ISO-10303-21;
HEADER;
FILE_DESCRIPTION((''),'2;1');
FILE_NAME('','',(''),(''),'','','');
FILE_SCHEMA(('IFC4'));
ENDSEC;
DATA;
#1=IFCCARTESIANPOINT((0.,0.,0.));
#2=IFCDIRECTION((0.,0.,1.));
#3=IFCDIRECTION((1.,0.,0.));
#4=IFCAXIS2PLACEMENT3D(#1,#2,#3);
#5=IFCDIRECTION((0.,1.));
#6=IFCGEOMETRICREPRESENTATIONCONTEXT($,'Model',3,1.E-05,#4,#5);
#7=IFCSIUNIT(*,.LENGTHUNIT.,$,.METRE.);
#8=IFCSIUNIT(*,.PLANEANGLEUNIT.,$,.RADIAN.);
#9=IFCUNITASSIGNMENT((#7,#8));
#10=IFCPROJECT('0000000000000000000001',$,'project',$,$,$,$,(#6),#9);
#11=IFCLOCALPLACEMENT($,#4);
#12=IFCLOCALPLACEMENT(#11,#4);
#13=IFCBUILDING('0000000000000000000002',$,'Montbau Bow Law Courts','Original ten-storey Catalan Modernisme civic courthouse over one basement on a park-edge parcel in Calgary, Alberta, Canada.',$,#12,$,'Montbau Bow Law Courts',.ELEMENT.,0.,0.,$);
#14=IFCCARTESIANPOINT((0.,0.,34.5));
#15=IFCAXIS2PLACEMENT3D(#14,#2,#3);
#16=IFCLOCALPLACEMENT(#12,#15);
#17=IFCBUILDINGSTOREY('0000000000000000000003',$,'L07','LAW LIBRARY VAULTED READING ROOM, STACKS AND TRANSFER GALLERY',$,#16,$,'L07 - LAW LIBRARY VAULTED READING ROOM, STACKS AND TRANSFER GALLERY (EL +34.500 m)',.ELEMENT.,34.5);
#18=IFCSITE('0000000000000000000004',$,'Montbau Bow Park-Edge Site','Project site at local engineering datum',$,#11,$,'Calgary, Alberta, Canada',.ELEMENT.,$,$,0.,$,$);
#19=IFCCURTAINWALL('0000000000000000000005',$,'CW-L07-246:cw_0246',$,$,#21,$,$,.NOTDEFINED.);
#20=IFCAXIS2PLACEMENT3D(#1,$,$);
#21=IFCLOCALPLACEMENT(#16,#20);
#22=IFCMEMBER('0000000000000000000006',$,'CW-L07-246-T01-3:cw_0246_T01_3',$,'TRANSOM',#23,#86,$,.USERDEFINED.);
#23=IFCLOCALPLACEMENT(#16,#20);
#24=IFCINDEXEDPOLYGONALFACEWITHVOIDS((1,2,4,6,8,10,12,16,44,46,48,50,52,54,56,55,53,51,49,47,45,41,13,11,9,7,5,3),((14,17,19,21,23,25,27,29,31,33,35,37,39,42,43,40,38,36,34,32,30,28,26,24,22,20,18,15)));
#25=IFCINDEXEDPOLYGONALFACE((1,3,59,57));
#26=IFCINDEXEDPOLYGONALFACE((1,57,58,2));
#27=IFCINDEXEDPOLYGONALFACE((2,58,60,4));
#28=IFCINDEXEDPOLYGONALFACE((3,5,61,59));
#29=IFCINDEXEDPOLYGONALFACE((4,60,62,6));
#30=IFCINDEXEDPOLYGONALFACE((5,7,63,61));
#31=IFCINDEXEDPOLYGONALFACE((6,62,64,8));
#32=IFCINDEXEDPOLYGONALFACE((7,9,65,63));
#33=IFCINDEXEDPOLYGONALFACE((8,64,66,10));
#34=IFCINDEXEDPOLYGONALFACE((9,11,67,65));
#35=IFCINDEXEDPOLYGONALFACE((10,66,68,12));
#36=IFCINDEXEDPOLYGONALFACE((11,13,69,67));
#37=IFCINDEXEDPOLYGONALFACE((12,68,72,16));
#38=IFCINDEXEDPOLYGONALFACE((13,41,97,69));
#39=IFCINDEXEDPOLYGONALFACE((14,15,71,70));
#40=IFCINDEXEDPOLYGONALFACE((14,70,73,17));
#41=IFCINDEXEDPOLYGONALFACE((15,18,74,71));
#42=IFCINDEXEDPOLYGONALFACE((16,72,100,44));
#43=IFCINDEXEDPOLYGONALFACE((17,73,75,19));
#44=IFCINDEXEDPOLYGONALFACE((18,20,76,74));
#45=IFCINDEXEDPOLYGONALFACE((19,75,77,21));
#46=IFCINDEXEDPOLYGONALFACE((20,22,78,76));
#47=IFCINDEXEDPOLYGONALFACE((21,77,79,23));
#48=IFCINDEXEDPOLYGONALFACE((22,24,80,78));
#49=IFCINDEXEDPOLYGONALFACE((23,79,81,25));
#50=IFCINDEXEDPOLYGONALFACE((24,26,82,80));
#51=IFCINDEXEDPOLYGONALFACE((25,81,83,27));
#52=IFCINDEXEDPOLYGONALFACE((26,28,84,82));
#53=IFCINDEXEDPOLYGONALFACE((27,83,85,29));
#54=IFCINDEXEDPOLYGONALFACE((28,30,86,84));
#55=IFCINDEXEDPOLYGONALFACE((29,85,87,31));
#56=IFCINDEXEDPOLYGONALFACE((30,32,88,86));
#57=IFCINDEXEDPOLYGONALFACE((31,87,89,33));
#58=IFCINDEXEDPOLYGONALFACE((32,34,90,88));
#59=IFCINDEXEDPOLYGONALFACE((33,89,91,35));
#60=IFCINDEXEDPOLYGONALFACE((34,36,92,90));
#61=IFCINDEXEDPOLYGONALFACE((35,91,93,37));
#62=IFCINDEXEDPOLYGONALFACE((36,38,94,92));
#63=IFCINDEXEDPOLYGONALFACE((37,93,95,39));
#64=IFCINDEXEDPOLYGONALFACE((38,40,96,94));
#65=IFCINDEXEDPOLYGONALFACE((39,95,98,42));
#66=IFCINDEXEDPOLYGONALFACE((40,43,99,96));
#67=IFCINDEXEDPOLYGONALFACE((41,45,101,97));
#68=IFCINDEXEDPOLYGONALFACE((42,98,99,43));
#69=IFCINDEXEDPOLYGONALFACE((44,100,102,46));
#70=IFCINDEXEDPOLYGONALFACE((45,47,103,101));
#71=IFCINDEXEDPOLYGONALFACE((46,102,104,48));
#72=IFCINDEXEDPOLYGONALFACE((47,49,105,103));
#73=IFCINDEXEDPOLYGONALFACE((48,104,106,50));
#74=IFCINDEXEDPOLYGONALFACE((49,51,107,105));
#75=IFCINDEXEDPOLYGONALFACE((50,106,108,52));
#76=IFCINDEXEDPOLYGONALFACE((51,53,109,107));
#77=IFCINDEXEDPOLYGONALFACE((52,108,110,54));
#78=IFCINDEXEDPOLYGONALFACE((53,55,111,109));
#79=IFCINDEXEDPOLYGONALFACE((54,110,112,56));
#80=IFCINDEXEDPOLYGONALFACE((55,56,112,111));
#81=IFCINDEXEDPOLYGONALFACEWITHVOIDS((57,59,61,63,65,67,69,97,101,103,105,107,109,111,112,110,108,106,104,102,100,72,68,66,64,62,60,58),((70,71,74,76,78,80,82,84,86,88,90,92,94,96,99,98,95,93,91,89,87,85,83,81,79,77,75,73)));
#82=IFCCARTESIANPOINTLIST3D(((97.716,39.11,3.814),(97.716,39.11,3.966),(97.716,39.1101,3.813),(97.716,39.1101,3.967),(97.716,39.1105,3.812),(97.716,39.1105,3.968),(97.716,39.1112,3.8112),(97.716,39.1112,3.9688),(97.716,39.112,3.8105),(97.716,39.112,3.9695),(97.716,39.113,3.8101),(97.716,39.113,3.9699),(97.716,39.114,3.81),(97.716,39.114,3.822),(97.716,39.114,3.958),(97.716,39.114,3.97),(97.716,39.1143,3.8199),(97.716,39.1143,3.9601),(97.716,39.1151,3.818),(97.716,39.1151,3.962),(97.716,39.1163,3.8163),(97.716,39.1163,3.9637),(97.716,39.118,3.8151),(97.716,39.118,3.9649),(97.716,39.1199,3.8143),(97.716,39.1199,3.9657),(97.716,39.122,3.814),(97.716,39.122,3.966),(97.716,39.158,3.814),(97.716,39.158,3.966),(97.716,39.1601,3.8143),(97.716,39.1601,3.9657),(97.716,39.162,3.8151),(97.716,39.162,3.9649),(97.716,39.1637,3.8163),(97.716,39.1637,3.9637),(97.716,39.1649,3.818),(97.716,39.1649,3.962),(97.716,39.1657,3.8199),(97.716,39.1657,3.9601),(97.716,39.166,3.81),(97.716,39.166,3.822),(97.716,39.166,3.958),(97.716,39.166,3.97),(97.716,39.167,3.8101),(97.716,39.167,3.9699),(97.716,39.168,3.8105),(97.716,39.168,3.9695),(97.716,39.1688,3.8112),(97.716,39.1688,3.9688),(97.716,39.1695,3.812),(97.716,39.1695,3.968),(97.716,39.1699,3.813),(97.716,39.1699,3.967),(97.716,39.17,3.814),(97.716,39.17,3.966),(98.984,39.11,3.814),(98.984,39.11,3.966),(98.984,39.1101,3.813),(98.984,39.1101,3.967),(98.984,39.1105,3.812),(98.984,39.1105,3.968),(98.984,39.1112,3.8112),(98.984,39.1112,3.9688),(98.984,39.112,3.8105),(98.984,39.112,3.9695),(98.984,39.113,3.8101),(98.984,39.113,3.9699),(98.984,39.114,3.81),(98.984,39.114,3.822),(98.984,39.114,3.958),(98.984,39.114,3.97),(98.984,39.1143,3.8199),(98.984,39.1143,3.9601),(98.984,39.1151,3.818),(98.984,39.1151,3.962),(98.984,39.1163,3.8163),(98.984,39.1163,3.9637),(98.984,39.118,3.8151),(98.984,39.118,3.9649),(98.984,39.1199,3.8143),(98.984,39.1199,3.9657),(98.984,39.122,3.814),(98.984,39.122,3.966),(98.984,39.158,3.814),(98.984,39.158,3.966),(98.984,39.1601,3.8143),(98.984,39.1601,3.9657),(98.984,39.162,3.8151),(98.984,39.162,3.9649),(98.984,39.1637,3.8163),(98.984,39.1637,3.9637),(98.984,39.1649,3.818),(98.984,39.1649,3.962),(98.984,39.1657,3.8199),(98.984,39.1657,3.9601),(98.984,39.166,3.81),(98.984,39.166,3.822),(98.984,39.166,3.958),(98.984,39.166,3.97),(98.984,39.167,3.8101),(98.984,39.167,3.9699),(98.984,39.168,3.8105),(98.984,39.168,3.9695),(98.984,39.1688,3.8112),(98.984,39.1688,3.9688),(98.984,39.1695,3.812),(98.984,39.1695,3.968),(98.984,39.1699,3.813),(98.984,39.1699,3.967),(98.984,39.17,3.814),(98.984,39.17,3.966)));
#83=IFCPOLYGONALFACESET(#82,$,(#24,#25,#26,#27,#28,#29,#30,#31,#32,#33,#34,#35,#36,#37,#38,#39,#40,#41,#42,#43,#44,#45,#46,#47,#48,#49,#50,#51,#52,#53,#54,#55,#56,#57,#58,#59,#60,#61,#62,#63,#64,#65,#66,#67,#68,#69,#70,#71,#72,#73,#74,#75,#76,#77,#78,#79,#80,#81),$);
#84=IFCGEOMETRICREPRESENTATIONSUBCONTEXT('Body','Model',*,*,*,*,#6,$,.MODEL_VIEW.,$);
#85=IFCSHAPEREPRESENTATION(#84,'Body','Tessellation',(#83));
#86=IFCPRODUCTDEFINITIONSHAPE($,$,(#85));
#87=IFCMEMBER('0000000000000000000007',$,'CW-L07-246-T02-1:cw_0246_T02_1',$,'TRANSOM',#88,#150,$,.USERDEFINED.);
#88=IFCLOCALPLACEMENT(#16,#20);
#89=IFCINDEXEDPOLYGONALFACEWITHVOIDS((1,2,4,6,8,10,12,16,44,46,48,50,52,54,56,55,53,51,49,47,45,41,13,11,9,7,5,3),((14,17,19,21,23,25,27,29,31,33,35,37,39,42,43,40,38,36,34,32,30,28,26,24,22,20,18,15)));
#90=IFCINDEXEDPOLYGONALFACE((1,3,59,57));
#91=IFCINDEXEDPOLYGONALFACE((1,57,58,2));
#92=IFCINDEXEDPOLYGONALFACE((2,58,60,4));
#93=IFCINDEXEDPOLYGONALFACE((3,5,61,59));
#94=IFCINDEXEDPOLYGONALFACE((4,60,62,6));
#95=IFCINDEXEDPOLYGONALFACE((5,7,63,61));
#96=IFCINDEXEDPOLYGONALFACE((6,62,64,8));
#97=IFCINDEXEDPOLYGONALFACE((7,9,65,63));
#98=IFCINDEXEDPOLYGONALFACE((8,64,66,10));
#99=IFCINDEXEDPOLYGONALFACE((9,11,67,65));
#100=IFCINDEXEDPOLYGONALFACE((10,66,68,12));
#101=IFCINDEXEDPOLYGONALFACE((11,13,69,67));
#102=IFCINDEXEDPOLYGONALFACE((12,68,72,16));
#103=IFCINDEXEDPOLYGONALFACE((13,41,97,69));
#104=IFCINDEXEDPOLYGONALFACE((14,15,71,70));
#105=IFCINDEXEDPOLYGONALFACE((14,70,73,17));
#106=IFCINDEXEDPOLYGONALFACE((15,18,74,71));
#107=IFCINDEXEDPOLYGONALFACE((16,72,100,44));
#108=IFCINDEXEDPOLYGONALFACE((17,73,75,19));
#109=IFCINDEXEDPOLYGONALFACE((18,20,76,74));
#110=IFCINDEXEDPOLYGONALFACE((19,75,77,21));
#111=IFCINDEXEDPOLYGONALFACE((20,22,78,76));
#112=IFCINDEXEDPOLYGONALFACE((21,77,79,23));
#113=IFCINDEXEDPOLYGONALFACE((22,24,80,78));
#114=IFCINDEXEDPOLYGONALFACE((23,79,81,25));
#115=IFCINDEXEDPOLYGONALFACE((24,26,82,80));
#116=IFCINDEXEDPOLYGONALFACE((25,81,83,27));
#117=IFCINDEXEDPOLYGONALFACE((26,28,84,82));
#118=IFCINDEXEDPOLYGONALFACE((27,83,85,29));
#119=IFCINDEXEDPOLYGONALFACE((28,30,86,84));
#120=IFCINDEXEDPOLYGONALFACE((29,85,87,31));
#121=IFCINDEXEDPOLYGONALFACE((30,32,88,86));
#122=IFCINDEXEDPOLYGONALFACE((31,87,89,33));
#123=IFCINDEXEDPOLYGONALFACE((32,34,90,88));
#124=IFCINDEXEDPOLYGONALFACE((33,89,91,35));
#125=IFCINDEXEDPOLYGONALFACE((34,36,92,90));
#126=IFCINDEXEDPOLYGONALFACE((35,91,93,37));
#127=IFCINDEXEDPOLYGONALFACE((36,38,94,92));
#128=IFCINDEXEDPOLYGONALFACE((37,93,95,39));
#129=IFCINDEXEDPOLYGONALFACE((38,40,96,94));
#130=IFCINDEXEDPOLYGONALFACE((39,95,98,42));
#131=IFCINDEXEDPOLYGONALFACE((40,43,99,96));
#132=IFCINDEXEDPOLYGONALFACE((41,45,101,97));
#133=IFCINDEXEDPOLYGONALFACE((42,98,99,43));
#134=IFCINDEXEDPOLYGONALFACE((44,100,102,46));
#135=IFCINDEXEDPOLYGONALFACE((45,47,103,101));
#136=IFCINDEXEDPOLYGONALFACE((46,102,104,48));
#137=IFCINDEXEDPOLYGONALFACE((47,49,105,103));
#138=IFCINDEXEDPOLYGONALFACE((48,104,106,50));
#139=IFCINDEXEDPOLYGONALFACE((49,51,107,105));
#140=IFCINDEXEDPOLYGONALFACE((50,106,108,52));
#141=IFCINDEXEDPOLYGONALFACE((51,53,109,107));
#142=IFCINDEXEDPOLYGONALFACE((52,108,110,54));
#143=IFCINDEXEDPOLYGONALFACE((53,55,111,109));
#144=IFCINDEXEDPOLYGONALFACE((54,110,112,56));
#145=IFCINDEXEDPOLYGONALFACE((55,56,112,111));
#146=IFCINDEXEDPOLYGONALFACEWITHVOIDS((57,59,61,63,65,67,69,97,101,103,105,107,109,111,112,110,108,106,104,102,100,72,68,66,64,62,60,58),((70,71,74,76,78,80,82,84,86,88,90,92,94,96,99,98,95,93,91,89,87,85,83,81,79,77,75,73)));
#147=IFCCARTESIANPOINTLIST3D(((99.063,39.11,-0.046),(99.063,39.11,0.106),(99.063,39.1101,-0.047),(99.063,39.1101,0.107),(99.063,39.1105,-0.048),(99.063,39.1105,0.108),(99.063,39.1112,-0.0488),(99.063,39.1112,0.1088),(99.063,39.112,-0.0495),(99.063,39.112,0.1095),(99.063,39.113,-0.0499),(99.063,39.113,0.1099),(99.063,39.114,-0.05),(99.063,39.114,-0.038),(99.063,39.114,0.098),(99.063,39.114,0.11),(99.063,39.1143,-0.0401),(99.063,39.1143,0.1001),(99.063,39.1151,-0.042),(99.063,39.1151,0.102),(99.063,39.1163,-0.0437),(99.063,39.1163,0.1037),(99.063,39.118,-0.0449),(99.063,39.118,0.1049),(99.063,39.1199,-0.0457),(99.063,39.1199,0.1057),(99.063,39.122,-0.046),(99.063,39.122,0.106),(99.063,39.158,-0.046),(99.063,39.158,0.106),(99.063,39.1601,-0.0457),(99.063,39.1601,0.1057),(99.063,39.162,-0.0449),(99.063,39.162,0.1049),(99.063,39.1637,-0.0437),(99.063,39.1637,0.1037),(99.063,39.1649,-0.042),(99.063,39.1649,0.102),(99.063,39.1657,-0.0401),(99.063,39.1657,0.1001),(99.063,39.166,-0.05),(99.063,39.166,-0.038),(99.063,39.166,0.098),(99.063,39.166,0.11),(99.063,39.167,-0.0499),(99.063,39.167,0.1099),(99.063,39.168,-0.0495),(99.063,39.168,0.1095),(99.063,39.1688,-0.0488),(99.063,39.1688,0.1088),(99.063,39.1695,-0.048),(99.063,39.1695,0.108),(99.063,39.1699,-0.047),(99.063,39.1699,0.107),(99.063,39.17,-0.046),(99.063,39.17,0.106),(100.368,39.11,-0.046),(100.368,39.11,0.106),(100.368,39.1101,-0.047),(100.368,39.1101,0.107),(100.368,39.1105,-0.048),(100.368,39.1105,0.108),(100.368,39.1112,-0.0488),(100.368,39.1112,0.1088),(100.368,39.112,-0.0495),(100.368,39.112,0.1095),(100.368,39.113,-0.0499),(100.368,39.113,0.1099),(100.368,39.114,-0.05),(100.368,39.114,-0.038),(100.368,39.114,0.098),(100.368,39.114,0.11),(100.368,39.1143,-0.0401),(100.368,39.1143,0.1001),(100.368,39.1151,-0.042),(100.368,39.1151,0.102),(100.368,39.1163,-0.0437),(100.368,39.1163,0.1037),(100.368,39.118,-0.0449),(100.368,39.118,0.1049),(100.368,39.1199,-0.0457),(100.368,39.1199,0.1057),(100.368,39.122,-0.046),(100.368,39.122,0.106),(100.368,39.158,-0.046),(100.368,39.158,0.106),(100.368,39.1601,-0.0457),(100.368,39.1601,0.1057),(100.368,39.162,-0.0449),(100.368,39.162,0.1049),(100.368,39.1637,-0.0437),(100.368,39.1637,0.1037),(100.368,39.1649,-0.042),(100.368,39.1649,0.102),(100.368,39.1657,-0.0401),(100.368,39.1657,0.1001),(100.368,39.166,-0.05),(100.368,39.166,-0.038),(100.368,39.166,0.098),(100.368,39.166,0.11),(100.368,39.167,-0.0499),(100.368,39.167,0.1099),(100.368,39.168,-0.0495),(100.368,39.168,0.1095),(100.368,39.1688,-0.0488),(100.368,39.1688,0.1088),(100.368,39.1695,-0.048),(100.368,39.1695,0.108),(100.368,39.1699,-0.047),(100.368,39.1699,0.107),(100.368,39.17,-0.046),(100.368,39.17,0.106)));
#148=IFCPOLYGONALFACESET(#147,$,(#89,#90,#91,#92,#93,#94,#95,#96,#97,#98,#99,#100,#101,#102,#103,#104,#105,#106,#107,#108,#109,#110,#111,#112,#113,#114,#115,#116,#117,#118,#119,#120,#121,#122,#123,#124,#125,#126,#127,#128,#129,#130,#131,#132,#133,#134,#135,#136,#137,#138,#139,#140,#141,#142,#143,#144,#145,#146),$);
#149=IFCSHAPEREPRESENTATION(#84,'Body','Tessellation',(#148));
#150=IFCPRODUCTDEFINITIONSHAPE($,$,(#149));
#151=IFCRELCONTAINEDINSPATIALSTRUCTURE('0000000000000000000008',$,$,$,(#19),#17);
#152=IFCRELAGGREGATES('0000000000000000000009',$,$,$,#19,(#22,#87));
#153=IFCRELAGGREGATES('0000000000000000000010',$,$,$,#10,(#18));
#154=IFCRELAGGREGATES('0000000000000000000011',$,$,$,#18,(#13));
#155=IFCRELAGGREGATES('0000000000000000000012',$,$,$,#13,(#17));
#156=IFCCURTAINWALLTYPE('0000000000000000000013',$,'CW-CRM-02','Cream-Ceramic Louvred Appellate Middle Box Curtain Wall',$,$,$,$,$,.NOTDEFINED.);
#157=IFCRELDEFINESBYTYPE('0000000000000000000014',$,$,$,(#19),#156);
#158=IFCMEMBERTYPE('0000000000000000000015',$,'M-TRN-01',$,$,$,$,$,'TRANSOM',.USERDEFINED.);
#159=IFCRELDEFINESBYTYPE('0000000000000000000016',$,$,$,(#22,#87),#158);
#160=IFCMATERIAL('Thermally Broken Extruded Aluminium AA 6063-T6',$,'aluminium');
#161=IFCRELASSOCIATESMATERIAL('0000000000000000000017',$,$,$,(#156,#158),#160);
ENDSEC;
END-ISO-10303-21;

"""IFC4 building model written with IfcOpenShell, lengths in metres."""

from ifc_helpers import new_model, si_unit, direction, frame, origin_with_axes, origin_2d_with_axis, place, context, subcontext, project, spatial, hollow_rectangle, extrude, material, material_profile, profile_set, type_object, element, aggregate, save


model = new_model("IFC4")

# Units and contexts
model_context = context("Model", 3, precision=1e-05, world=origin_with_axes(), true_north=direction((0.0, 1.0)))
body_context = subcontext(model_context, "Body", "Model", "MODEL_VIEW")
ifc_project = project(units=[si_unit("LENGTHUNIT", "METRE"), si_unit("PLANEANGLEUNIT", "RADIAN")], contexts=[model_context])

# Site, building, storey
site_placement = place(None, origin_with_axes())
site = spatial("IfcSite", under=ifc_project, at=site_placement, Name="Montbau Bow Park-Edge Site", Description="Project site at local engineering datum", LongName="Calgary, Alberta, Canada", CompositionType="ELEMENT", RefElevation=0.0)
building_placement = place(site_placement, origin_with_axes())
building = spatial("IfcBuilding", under=site, at=building_placement, Name="Montbau Bow Law Courts", Description="Original ten-storey Catalan Modernisme civic courthouse over one basement on a park-edge parcel in Calgary, Alberta, Canada.", LongName="Montbau Bow Law Courts", CompositionType="ELEMENT", ElevationOfRefHeight=0.0, ElevationOfTerrain=0.0)
storey_placement = place(building_placement, frame((0.0, 0.0, 34.5), z_axis=(0.0, 0.0, 1.0), x_axis=(1.0, 0.0, 0.0)))
storey = spatial("IfcBuildingStorey", under=building, at=storey_placement, Name="L07", Description="LAW LIBRARY VAULTED READING ROOM, STACKS AND TRANSFER GALLERY", LongName="L07 - LAW LIBRARY VAULTED READING ROOM, STACKS AND TRANSFER GALLERY (EL +34.500 m)", CompositionType="ELEMENT", Elevation=34.5)

# Curtain wall
ifc_material_1 = material(Name="Thermally Broken Extruded Aluminium AA 6063-T6", Category="aluminium")
curtain_wall_type = type_object("IfcCurtainWallType", Name="CW-CRM-02", Description="Cream-Ceramic Louvred Appellate Middle Box Curtain Wall", PredefinedType="NOTDEFINED", material=ifc_material_1)
curtain_wall_1_placement = place(None, frame((97.64, 39.14, 34.5), z_axis=(0.0, 0.0, 1.0), x_axis=(1.0, 0.0, 0.0)))
curtain_wall_1 = element("IfcCurtainWall", 1, at=curtain_wall_1_placement, inside=storey, type_object=curtain_wall_type, Name="CW-L07-246:cw_0246", PredefinedType="NOTDEFINED")

# Members
ifc_material_profile_1 = material_profile(ifc_material_1, hollow_rectangle(XDim=0.06, YDim=0.16, WallThickness=0.004, InnerFilletRadius=0.008, OuterFilletRadius=0.004, at=origin_2d_with_axis()), Name="CWT-160X60", Category="Main", Priority=0)
ifc_profile_set_1 = profile_set([ifc_material_profile_1], Name="Thermally Broken Extruded Aluminium AA 6063-T6")
member_type_1 = type_object("IfcMemberType", Name="M-TRN-01", ElementType="TRANSOM", PredefinedType="USERDEFINED", material=ifc_profile_set_1)
member_1_placement = place(None, frame((97.716, 39.14, 38.39), z_axis=(1.0, 0.0, 0.0), x_axis=(0.0, 1.0, 0.0)))
member_1 = element("IfcMember", 2, at=member_1_placement, type_object=member_type_1, Name="CW-L07-246-T01-3:cw_0246_T01_3", ObjectType="TRANSOM", PredefinedType="USERDEFINED", context=body_context, shape_type="SweptSolid", body=[
    extrude(hollow_rectangle(XDim=0.06, YDim=0.16, WallThickness=0.004, InnerFilletRadius=0.008, OuterFilletRadius=0.004, at=origin_2d_with_axis()), origin_with_axes(), (0.0, 0.0, 1.0), 1.268),
])
member_2_placement = place(None, frame((99.063, 39.14, 34.53), z_axis=(1.0, 0.0, 0.0), x_axis=(0.0, 1.0, 0.0)))
member_2 = element("IfcMember", 3, at=member_2_placement, type_object=member_type_1, Name="CW-L07-246-T02-1:cw_0246_T02_1", ObjectType="TRANSOM", PredefinedType="USERDEFINED", context=body_context, shape_type="SweptSolid", body=[
    extrude(hollow_rectangle(XDim=0.06, YDim=0.16, WallThickness=0.004, InnerFilletRadius=0.008, OuterFilletRadius=0.004, at=origin_2d_with_axis()), origin_with_axes(), (0.0, 0.0, 1.0), 1.305),
])

aggregate(curtain_wall_1, [member_1, member_2])

save(model, "model.ifc")
